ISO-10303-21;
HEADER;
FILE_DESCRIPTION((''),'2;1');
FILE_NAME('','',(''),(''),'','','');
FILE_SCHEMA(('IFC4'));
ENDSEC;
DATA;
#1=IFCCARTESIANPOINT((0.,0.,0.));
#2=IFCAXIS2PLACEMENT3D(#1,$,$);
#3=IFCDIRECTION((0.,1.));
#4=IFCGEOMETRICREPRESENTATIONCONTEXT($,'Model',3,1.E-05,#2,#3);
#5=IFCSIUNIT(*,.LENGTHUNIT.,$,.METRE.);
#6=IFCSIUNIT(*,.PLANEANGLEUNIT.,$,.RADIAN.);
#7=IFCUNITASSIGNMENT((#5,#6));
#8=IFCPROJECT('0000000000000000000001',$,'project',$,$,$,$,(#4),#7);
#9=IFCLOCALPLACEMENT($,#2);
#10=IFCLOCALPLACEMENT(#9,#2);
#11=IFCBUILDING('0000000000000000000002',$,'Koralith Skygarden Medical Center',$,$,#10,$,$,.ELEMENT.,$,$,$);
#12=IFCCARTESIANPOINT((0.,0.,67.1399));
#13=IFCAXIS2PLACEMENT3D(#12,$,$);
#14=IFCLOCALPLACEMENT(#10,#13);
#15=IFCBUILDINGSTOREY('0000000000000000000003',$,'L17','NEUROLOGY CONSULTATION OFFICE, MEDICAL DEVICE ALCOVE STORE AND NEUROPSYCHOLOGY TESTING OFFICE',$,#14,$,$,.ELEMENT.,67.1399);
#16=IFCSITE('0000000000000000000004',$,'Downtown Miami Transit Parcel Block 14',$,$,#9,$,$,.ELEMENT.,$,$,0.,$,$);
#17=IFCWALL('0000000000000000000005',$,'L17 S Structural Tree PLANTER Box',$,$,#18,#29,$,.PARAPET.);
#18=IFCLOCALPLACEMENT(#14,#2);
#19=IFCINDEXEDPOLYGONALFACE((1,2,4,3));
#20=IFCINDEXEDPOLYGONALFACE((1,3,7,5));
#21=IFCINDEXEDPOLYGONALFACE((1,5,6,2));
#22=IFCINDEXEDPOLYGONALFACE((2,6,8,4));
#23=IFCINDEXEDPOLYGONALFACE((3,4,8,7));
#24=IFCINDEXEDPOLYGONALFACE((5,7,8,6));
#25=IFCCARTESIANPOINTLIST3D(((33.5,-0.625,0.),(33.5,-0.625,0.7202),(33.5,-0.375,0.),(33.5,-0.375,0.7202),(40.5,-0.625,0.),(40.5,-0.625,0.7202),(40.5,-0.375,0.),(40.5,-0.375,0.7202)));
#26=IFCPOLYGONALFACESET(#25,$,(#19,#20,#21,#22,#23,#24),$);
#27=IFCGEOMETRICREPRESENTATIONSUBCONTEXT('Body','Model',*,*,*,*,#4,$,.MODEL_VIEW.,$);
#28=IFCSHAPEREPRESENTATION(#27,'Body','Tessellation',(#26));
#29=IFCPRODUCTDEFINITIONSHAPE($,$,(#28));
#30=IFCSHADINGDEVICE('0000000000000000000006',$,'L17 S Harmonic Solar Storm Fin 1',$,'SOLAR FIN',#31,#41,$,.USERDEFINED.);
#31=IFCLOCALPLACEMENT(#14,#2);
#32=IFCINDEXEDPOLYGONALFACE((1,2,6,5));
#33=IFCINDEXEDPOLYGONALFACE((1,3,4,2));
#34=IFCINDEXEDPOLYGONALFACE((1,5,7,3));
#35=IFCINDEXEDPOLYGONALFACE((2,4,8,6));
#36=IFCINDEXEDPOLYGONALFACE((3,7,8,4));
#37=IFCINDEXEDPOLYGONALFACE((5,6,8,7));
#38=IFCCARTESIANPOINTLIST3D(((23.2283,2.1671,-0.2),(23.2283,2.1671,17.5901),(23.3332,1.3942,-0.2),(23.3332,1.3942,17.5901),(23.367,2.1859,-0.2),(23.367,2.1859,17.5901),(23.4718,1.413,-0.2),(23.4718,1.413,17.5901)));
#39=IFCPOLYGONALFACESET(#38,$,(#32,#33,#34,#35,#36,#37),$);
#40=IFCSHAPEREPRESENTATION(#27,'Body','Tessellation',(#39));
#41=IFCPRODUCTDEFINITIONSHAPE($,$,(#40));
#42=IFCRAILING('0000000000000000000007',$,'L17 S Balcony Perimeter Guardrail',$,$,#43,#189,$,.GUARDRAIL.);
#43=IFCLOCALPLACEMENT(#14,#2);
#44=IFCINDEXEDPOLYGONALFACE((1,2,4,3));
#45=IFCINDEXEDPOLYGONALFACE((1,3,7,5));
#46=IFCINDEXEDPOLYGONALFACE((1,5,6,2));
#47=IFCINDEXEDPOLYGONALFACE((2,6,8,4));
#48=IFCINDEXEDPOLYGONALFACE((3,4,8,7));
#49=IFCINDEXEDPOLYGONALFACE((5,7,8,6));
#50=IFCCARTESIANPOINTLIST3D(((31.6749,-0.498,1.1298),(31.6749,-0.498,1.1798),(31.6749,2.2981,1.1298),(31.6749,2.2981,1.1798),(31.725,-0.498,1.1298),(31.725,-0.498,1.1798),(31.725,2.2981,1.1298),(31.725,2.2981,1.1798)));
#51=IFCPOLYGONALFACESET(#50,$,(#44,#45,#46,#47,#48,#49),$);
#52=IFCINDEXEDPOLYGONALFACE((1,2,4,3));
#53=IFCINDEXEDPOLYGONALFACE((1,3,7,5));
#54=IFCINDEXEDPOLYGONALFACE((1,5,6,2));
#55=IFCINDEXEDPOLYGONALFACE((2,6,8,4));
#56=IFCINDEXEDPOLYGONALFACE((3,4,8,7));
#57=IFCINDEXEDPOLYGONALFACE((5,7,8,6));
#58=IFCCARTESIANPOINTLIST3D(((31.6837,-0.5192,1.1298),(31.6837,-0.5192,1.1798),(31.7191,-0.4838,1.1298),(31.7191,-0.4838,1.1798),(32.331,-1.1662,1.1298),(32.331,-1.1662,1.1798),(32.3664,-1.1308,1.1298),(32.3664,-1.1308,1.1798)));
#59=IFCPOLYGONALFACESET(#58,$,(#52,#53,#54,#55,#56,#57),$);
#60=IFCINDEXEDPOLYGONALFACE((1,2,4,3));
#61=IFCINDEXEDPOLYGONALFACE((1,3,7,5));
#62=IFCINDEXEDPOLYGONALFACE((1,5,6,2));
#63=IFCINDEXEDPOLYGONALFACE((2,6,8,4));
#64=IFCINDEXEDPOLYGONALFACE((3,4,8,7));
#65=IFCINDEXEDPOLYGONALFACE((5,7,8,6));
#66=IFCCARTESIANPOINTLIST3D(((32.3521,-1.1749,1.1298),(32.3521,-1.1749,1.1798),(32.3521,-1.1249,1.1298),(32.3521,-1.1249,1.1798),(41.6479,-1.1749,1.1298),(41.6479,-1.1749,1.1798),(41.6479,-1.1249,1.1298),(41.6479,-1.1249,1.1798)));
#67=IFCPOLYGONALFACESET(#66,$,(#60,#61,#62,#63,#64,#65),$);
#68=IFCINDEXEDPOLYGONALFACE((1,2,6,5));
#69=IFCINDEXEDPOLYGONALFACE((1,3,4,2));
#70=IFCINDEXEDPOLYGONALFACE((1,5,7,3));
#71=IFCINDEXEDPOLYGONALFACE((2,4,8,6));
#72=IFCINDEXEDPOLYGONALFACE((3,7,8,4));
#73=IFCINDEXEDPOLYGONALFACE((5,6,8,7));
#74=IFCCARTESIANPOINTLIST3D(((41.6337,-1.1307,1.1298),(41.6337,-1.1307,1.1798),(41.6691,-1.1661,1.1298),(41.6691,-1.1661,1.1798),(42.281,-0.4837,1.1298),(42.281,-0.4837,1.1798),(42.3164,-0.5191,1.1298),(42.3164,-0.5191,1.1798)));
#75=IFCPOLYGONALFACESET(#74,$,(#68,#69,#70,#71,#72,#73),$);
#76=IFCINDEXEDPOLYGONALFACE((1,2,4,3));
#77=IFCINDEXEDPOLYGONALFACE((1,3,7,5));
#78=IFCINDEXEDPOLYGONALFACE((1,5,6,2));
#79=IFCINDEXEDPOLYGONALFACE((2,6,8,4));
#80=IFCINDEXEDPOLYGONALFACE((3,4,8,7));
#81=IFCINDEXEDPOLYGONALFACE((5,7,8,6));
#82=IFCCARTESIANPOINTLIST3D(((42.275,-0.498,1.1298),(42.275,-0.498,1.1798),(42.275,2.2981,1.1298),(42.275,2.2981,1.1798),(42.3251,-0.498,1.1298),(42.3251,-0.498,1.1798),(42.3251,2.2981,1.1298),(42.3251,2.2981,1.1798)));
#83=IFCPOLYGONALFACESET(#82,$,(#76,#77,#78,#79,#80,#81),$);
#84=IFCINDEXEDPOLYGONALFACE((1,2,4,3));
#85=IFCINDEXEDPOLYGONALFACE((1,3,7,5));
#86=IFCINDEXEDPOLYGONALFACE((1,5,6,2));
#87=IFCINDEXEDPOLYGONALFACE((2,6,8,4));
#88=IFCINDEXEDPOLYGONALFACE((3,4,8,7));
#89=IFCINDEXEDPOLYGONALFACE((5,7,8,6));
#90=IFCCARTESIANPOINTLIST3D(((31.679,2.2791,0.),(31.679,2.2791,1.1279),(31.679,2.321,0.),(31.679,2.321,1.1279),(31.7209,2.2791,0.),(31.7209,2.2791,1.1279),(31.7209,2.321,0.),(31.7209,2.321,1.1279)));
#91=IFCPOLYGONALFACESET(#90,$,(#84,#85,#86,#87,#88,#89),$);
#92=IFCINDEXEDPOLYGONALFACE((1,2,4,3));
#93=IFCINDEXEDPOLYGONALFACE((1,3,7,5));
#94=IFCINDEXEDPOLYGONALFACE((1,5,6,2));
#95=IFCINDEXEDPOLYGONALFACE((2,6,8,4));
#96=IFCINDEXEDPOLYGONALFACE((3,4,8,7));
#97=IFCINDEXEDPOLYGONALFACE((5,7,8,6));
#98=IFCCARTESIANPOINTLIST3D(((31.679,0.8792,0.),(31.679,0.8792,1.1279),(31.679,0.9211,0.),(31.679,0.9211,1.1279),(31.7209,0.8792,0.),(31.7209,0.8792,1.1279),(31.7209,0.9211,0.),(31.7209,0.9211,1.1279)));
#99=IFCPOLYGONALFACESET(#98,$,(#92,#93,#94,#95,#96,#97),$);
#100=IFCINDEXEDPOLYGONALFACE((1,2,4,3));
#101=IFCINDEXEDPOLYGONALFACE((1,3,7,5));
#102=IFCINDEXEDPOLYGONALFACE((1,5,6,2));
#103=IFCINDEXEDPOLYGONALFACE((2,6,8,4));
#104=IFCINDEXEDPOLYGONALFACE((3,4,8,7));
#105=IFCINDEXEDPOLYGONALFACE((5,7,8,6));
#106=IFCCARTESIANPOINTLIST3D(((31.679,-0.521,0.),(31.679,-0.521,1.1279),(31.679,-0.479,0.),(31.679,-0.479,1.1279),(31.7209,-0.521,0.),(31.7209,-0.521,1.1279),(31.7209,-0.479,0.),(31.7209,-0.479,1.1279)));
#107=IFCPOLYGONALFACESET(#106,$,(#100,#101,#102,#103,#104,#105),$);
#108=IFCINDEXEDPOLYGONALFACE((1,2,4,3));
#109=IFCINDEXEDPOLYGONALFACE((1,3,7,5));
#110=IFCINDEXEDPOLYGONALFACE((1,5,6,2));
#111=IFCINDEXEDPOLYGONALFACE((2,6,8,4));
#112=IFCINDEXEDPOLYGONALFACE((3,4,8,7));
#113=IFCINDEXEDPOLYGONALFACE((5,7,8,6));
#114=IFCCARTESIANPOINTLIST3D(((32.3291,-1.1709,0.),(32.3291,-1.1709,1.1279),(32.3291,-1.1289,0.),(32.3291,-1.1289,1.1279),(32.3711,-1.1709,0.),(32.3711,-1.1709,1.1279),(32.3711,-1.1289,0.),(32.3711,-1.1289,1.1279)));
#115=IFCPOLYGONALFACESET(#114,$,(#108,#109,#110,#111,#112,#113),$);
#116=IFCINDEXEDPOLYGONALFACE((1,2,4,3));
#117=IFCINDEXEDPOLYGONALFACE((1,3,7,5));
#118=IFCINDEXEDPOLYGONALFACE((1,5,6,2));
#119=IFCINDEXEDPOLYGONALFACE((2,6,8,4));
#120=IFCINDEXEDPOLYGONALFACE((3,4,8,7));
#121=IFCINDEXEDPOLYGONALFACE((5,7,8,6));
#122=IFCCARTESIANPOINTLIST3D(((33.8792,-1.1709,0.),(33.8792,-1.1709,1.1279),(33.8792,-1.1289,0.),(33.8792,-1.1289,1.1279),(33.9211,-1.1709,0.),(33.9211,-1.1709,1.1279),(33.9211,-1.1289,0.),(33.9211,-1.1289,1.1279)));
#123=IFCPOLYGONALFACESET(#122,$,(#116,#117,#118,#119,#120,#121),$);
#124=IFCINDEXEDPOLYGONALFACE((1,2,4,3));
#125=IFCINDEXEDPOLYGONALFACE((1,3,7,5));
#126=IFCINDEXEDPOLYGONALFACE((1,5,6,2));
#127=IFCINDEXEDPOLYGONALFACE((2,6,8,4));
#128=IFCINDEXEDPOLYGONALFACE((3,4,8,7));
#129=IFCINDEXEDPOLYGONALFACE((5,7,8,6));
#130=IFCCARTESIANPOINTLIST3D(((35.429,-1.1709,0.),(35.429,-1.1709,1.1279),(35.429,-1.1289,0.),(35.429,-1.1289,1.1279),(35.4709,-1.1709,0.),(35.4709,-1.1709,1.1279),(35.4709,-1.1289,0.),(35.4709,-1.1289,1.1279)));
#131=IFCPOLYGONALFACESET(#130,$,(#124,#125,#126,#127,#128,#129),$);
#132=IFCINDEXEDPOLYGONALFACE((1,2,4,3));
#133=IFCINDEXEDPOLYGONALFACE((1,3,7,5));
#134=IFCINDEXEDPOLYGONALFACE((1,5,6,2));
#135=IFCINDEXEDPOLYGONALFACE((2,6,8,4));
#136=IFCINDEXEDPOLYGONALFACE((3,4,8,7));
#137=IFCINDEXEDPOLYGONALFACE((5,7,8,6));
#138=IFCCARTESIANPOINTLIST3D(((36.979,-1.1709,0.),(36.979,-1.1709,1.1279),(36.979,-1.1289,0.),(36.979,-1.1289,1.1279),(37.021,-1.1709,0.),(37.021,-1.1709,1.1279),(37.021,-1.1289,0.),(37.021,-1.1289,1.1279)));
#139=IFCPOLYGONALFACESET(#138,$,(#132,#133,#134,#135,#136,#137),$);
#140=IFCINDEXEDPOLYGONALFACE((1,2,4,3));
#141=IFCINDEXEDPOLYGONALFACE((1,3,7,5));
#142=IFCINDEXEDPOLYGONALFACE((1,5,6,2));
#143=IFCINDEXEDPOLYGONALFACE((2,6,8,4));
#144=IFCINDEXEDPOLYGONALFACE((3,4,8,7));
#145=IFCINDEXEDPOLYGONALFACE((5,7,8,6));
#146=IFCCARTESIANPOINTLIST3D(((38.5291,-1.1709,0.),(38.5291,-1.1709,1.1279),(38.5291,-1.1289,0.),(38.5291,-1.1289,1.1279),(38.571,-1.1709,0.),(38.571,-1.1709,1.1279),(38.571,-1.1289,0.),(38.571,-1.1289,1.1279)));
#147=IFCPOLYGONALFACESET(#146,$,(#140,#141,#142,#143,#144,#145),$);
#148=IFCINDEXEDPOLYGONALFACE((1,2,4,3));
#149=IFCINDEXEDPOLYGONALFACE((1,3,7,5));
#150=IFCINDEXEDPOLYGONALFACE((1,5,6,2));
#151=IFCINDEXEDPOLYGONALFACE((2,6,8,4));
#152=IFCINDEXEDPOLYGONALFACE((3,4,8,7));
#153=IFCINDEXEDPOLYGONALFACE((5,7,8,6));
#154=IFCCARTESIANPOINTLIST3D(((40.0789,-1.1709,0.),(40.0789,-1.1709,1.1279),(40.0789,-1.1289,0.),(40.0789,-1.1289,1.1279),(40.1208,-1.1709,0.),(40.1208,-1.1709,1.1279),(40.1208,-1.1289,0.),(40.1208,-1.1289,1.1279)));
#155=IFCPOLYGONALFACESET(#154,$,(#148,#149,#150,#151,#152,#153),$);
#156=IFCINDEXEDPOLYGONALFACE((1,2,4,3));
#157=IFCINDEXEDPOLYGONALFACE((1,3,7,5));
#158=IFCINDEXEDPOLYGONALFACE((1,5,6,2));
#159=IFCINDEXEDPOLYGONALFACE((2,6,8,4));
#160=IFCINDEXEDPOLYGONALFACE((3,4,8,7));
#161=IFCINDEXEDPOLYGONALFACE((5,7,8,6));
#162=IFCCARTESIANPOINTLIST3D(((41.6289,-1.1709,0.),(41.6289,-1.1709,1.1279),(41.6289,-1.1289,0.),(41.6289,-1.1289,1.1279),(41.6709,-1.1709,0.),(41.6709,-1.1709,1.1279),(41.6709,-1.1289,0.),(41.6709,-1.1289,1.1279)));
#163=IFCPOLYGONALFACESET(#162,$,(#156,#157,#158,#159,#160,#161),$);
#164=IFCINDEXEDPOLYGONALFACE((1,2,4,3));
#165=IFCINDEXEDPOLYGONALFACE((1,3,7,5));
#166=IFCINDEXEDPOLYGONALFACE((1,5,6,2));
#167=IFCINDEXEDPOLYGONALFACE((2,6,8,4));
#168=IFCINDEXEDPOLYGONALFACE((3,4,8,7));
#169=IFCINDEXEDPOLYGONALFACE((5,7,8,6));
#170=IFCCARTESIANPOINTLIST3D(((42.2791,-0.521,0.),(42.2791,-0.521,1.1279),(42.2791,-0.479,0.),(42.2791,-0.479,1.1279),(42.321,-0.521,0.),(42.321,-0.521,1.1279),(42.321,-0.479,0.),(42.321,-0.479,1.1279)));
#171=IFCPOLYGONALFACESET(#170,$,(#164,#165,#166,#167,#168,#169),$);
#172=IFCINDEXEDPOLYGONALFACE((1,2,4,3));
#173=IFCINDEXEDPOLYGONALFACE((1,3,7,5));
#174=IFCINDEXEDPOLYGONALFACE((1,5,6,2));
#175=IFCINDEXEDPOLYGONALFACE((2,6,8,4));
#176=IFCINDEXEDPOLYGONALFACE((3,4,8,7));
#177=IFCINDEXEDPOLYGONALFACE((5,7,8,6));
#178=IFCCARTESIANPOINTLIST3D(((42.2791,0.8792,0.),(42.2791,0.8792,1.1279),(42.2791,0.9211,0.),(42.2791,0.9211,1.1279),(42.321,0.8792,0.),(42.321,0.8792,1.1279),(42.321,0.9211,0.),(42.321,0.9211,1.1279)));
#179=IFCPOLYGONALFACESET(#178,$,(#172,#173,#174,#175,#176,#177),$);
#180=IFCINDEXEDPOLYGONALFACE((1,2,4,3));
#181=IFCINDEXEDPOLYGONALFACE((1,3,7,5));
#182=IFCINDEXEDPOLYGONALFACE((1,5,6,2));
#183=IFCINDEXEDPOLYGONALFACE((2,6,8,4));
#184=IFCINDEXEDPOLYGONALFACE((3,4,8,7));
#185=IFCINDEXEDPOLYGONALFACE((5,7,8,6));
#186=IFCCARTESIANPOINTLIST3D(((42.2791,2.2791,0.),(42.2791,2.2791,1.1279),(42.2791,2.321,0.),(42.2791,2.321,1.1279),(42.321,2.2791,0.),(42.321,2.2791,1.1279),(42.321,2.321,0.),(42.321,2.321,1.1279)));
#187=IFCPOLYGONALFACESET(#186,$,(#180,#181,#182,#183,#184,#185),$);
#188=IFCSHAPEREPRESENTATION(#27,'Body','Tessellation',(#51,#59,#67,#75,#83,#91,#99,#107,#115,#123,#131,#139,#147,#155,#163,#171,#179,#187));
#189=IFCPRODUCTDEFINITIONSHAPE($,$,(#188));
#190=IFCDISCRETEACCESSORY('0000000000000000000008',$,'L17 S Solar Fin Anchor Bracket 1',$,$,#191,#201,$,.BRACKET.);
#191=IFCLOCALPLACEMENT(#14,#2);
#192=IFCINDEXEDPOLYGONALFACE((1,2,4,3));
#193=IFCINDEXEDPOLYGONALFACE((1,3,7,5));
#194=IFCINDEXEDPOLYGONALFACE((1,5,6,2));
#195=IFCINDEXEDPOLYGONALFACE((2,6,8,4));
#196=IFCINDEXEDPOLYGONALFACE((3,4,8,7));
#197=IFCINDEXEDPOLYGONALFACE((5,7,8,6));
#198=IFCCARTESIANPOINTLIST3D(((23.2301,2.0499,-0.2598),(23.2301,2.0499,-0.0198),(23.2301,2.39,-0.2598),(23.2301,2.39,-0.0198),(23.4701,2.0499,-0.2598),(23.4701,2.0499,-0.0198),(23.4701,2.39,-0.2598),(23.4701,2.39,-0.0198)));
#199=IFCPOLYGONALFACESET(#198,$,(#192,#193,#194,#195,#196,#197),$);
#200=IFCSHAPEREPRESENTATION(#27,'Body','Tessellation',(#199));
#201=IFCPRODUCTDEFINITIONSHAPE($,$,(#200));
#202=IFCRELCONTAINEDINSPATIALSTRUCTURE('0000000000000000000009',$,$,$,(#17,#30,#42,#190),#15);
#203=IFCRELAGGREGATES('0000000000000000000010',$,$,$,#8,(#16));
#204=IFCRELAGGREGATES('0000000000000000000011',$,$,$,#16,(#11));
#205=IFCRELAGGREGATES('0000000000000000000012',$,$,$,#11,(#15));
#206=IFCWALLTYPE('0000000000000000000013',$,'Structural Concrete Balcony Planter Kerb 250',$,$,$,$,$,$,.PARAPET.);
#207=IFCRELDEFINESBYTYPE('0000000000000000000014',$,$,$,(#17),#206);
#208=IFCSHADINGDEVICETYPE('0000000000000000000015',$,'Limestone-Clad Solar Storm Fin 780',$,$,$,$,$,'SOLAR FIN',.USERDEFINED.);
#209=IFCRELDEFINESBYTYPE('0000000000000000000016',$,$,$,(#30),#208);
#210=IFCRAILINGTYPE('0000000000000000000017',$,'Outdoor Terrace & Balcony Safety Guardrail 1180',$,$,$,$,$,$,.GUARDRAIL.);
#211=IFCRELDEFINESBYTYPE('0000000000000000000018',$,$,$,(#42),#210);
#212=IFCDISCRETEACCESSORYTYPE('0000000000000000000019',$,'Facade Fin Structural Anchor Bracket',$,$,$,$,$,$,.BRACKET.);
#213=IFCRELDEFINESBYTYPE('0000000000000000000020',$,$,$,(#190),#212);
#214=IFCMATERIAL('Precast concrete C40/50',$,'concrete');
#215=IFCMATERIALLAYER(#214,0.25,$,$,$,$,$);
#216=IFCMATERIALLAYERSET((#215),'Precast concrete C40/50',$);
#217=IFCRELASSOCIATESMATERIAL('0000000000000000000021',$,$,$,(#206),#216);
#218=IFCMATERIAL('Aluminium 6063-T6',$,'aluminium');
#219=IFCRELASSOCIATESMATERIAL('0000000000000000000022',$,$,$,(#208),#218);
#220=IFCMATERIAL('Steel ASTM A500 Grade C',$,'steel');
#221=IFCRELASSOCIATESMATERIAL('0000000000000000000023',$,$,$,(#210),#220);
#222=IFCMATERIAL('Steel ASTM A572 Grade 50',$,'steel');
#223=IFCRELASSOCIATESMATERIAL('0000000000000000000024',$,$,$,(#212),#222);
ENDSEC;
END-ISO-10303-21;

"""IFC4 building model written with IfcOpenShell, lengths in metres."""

from ifc_helpers import new_model, si_unit, direction, frame, frame_2d, origin, origin_2d, place, context, subcontext, project, spatial, rectangle, extrude, material, layer, layer_set, type_object, element, save


model = new_model("IFC4")

# Units and contexts
model_context = context("Model", 3, precision=1e-05, world=origin(), true_north=direction((0.0, 1.0)))
body_context = subcontext(model_context, "Body", "Model", "MODEL_VIEW")
ifc_project = project(units=[si_unit("LENGTHUNIT", "METRE"), si_unit("PLANEANGLEUNIT", "RADIAN")], contexts=[model_context])

# Site, building, storey
site_placement = place(None, origin())
site = spatial("IfcSite", under=ifc_project, at=site_placement, Name="Downtown Miami Transit Parcel Block 14", CompositionType="ELEMENT", RefElevation=0.0)
building_placement = place(site_placement, origin())
building = spatial("IfcBuilding", under=site, at=building_placement, Name="Koralith Skygarden Medical Center", CompositionType="ELEMENT")
storey_placement = place(building_placement, frame((0.0, 0.0, 67.1399)))
storey = spatial("IfcBuildingStorey", under=building, at=storey_placement, Name="L17", Description="NEUROLOGY CONSULTATION OFFICE, MEDICAL DEVICE ALCOVE STORE AND NEUROPSYCHOLOGY TESTING OFFICE", CompositionType="ELEMENT", Elevation=67.1399)

# Shared definitions
ifc_material_1 = material(Name="Aluminium 6063-T6", Category="aluminium")

# Wall
ifc_material_2 = material(Name="Precast concrete C40/50", Category="concrete")
ifc_layer_1 = layer(ifc_material_2, 0.25)
ifc_layer_set_1 = layer_set([ifc_layer_1], Name="Precast concrete C40/50")
wall_type_1 = type_object("IfcWallType", Name="Structural Concrete Balcony Planter Kerb 250", PredefinedType="PARAPET", material=ifc_layer_set_1)
wall_1_placement = place(storey_placement, frame((33.5, -0.5, 0.0), z_axis=(0.0, 0.0, 1.0), x_axis=(1.0, 0.0, 0.0)))
element("IfcWall", 1, at=wall_1_placement, inside=storey, type_object=wall_type_1, Name="L17 S Structural Tree PLANTER Box", PredefinedType="PARAPET", context=body_context, shape_type="SweptSolid", body=[
    extrude(rectangle(XDim=7.0, YDim=0.25, at=frame_2d((3.5, 0.0))), origin(), (0.0, 0.0, 1.0), 0.7202),
])

# Shading device
shading_device_type = type_object("IfcShadingDeviceType", Name="Limestone-Clad Solar Storm Fin 780", ElementType="SOLAR FIN", PredefinedType="USERDEFINED", material=ifc_material_1)
shading_device_placement = place(storey_placement, frame((23.3501, 1.79, -0.2), z_axis=(0.0, 0.0, 1.0), x_axis=(0.134453, -0.99092, 0.0)))
element("IfcShadingDevice", 2, at=shading_device_placement, inside=storey, type_object=shading_device_type, Name="L17 S Harmonic Solar Storm Fin 1", ObjectType="SOLAR FIN", PredefinedType="USERDEFINED", context=body_context, shape_type="SweptSolid", body=[
    extrude(rectangle(XDim=0.78, YDim=0.1399, at=origin_2d()), origin(), (0.0, 0.0, 1.0), 17.79),
])

# Railing
ifc_material_3 = material(Name="Steel ASTM A500 Grade C", Category="steel")
railing_type = type_object("IfcRailingType", Name="Outdoor Terrace & Balcony Safety Guardrail 1180", PredefinedType="GUARDRAIL", material=ifc_material_3)
railing_placement = place(storey_placement, frame((31.7, 2.3, 0.0)))
element("IfcRailing", 3, at=railing_placement, inside=storey, type_object=railing_type, Name="L17 S Balcony Perimeter Guardrail", PredefinedType="GUARDRAIL", context=body_context, shape_type="SweptSolid", body=[
    extrude(rectangle(XDim=0.05, YDim=0.05, at=origin_2d()), frame((0.0, -0.002, 1.1548), z_axis=(0.0, -1.0, 0.0), x_axis=(1.0, 0.0, 0.0)), (0.0, 0.0, 1.0), 2.7961),
    extrude(rectangle(XDim=0.05, YDim=0.05, at=origin_2d()), frame((0.0015, -2.8015, 1.1548), z_axis=(0.70724, -0.706974, 0.0), x_axis=(0.706974, 0.70724, 0.0)), (0.0, 0.0, 1.0), 0.9153),
    extrude(rectangle(XDim=0.05, YDim=0.05, at=origin_2d()), frame((0.6521, -3.45, 1.1548), z_axis=(1.0, 0.0, 0.0), x_axis=(0.0, 1.0, 0.0)), (0.0, 0.0, 1.0), 9.2959),
    extrude(rectangle(XDim=0.05, YDim=0.05, at=origin_2d()), frame((9.9514, -3.4485, 1.1548), z_axis=(0.70724, 0.706974, 0.0), x_axis=(-0.706974, 0.70724, 0.0)), (0.0, 0.0, 1.0), 0.9153),
    extrude(rectangle(XDim=0.05, YDim=0.05, at=origin_2d()), frame((10.6001, -2.7981, 1.1548), z_axis=(0.0, 1.0, 0.0), x_axis=(-1.0, 0.0, 0.0)), (0.0, 0.0, 1.0), 2.7961),
    extrude(rectangle(XDim=0.042, YDim=0.042, at=origin_2d()), origin(), (0.0, 0.0, 1.0), 1.1279),
    extrude(rectangle(XDim=0.042, YDim=0.042, at=origin_2d()), frame((0.0, -1.3999, 0.0)), (0.0, 0.0, 1.0), 1.1279),
    extrude(rectangle(XDim=0.042, YDim=0.042, at=origin_2d()), frame((0.0, -2.8, 0.0)), (0.0, 0.0, 1.0), 1.1279),
    extrude(rectangle(XDim=0.042, YDim=0.042, at=origin_2d()), frame((0.6501, -3.45, 0.0)), (0.0, 0.0, 1.0), 1.1279),
    extrude(rectangle(XDim=0.042, YDim=0.042, at=origin_2d()), frame((2.2002, -3.45, 0.0)), (0.0, 0.0, 1.0), 1.1279),
    extrude(rectangle(XDim=0.042, YDim=0.042, at=origin_2d()), frame((3.75, -3.45, 0.0)), (0.0, 0.0, 1.0), 1.1279),
    extrude(rectangle(XDim=0.042, YDim=0.042, at=origin_2d()), frame((5.3, -3.45, 0.0)), (0.0, 0.0, 1.0), 1.1279),
    extrude(rectangle(XDim=0.042, YDim=0.042, at=origin_2d()), frame((6.8501, -3.45, 0.0)), (0.0, 0.0, 1.0), 1.1279),
    extrude(rectangle(XDim=0.042, YDim=0.042, at=origin_2d()), frame((8.3999, -3.45, 0.0)), (0.0, 0.0, 1.0), 1.1279),
    extrude(rectangle(XDim=0.042, YDim=0.042, at=origin_2d()), frame((9.95, -3.45, 0.0)), (0.0, 0.0, 1.0), 1.1279),
    extrude(rectangle(XDim=0.042, YDim=0.042, at=origin_2d()), frame((10.6001, -2.8, 0.0)), (0.0, 0.0, 1.0), 1.1279),
    extrude(rectangle(XDim=0.042, YDim=0.042, at=origin_2d()), frame((10.6001, -1.3999, 0.0)), (0.0, 0.0, 1.0), 1.1279),
    extrude(rectangle(XDim=0.042, YDim=0.042, at=origin_2d()), frame((10.6001, 0.0, 0.0)), (0.0, 0.0, 1.0), 1.1279),
])

# Discrete accessory
ifc_material_4 = material(Name="Steel ASTM A572 Grade 50", Category="steel")
discrete_accessory_type = type_object("IfcDiscreteAccessoryType", Name="Facade Fin Structural Anchor Bracket", PredefinedType="BRACKET", material=ifc_material_4)
discrete_accessory_placement = place(storey_placement, frame((23.3501, 2.22, -0.2598), z_axis=(0.0, 0.0, 1.0), x_axis=(0.0, -1.0, 0.0)))
element("IfcDiscreteAccessory", 4, at=discrete_accessory_placement, inside=storey, type_object=discrete_accessory_type, Name="L17 S Solar Fin Anchor Bracket 1", PredefinedType="BRACKET", context=body_context, shape_type="SweptSolid", body=[
    extrude(rectangle(XDim=0.3401, YDim=0.24, at=origin_2d()), origin(), (0.0, 0.0, 1.0), 0.24),
])

save(model, "model.ifc")
